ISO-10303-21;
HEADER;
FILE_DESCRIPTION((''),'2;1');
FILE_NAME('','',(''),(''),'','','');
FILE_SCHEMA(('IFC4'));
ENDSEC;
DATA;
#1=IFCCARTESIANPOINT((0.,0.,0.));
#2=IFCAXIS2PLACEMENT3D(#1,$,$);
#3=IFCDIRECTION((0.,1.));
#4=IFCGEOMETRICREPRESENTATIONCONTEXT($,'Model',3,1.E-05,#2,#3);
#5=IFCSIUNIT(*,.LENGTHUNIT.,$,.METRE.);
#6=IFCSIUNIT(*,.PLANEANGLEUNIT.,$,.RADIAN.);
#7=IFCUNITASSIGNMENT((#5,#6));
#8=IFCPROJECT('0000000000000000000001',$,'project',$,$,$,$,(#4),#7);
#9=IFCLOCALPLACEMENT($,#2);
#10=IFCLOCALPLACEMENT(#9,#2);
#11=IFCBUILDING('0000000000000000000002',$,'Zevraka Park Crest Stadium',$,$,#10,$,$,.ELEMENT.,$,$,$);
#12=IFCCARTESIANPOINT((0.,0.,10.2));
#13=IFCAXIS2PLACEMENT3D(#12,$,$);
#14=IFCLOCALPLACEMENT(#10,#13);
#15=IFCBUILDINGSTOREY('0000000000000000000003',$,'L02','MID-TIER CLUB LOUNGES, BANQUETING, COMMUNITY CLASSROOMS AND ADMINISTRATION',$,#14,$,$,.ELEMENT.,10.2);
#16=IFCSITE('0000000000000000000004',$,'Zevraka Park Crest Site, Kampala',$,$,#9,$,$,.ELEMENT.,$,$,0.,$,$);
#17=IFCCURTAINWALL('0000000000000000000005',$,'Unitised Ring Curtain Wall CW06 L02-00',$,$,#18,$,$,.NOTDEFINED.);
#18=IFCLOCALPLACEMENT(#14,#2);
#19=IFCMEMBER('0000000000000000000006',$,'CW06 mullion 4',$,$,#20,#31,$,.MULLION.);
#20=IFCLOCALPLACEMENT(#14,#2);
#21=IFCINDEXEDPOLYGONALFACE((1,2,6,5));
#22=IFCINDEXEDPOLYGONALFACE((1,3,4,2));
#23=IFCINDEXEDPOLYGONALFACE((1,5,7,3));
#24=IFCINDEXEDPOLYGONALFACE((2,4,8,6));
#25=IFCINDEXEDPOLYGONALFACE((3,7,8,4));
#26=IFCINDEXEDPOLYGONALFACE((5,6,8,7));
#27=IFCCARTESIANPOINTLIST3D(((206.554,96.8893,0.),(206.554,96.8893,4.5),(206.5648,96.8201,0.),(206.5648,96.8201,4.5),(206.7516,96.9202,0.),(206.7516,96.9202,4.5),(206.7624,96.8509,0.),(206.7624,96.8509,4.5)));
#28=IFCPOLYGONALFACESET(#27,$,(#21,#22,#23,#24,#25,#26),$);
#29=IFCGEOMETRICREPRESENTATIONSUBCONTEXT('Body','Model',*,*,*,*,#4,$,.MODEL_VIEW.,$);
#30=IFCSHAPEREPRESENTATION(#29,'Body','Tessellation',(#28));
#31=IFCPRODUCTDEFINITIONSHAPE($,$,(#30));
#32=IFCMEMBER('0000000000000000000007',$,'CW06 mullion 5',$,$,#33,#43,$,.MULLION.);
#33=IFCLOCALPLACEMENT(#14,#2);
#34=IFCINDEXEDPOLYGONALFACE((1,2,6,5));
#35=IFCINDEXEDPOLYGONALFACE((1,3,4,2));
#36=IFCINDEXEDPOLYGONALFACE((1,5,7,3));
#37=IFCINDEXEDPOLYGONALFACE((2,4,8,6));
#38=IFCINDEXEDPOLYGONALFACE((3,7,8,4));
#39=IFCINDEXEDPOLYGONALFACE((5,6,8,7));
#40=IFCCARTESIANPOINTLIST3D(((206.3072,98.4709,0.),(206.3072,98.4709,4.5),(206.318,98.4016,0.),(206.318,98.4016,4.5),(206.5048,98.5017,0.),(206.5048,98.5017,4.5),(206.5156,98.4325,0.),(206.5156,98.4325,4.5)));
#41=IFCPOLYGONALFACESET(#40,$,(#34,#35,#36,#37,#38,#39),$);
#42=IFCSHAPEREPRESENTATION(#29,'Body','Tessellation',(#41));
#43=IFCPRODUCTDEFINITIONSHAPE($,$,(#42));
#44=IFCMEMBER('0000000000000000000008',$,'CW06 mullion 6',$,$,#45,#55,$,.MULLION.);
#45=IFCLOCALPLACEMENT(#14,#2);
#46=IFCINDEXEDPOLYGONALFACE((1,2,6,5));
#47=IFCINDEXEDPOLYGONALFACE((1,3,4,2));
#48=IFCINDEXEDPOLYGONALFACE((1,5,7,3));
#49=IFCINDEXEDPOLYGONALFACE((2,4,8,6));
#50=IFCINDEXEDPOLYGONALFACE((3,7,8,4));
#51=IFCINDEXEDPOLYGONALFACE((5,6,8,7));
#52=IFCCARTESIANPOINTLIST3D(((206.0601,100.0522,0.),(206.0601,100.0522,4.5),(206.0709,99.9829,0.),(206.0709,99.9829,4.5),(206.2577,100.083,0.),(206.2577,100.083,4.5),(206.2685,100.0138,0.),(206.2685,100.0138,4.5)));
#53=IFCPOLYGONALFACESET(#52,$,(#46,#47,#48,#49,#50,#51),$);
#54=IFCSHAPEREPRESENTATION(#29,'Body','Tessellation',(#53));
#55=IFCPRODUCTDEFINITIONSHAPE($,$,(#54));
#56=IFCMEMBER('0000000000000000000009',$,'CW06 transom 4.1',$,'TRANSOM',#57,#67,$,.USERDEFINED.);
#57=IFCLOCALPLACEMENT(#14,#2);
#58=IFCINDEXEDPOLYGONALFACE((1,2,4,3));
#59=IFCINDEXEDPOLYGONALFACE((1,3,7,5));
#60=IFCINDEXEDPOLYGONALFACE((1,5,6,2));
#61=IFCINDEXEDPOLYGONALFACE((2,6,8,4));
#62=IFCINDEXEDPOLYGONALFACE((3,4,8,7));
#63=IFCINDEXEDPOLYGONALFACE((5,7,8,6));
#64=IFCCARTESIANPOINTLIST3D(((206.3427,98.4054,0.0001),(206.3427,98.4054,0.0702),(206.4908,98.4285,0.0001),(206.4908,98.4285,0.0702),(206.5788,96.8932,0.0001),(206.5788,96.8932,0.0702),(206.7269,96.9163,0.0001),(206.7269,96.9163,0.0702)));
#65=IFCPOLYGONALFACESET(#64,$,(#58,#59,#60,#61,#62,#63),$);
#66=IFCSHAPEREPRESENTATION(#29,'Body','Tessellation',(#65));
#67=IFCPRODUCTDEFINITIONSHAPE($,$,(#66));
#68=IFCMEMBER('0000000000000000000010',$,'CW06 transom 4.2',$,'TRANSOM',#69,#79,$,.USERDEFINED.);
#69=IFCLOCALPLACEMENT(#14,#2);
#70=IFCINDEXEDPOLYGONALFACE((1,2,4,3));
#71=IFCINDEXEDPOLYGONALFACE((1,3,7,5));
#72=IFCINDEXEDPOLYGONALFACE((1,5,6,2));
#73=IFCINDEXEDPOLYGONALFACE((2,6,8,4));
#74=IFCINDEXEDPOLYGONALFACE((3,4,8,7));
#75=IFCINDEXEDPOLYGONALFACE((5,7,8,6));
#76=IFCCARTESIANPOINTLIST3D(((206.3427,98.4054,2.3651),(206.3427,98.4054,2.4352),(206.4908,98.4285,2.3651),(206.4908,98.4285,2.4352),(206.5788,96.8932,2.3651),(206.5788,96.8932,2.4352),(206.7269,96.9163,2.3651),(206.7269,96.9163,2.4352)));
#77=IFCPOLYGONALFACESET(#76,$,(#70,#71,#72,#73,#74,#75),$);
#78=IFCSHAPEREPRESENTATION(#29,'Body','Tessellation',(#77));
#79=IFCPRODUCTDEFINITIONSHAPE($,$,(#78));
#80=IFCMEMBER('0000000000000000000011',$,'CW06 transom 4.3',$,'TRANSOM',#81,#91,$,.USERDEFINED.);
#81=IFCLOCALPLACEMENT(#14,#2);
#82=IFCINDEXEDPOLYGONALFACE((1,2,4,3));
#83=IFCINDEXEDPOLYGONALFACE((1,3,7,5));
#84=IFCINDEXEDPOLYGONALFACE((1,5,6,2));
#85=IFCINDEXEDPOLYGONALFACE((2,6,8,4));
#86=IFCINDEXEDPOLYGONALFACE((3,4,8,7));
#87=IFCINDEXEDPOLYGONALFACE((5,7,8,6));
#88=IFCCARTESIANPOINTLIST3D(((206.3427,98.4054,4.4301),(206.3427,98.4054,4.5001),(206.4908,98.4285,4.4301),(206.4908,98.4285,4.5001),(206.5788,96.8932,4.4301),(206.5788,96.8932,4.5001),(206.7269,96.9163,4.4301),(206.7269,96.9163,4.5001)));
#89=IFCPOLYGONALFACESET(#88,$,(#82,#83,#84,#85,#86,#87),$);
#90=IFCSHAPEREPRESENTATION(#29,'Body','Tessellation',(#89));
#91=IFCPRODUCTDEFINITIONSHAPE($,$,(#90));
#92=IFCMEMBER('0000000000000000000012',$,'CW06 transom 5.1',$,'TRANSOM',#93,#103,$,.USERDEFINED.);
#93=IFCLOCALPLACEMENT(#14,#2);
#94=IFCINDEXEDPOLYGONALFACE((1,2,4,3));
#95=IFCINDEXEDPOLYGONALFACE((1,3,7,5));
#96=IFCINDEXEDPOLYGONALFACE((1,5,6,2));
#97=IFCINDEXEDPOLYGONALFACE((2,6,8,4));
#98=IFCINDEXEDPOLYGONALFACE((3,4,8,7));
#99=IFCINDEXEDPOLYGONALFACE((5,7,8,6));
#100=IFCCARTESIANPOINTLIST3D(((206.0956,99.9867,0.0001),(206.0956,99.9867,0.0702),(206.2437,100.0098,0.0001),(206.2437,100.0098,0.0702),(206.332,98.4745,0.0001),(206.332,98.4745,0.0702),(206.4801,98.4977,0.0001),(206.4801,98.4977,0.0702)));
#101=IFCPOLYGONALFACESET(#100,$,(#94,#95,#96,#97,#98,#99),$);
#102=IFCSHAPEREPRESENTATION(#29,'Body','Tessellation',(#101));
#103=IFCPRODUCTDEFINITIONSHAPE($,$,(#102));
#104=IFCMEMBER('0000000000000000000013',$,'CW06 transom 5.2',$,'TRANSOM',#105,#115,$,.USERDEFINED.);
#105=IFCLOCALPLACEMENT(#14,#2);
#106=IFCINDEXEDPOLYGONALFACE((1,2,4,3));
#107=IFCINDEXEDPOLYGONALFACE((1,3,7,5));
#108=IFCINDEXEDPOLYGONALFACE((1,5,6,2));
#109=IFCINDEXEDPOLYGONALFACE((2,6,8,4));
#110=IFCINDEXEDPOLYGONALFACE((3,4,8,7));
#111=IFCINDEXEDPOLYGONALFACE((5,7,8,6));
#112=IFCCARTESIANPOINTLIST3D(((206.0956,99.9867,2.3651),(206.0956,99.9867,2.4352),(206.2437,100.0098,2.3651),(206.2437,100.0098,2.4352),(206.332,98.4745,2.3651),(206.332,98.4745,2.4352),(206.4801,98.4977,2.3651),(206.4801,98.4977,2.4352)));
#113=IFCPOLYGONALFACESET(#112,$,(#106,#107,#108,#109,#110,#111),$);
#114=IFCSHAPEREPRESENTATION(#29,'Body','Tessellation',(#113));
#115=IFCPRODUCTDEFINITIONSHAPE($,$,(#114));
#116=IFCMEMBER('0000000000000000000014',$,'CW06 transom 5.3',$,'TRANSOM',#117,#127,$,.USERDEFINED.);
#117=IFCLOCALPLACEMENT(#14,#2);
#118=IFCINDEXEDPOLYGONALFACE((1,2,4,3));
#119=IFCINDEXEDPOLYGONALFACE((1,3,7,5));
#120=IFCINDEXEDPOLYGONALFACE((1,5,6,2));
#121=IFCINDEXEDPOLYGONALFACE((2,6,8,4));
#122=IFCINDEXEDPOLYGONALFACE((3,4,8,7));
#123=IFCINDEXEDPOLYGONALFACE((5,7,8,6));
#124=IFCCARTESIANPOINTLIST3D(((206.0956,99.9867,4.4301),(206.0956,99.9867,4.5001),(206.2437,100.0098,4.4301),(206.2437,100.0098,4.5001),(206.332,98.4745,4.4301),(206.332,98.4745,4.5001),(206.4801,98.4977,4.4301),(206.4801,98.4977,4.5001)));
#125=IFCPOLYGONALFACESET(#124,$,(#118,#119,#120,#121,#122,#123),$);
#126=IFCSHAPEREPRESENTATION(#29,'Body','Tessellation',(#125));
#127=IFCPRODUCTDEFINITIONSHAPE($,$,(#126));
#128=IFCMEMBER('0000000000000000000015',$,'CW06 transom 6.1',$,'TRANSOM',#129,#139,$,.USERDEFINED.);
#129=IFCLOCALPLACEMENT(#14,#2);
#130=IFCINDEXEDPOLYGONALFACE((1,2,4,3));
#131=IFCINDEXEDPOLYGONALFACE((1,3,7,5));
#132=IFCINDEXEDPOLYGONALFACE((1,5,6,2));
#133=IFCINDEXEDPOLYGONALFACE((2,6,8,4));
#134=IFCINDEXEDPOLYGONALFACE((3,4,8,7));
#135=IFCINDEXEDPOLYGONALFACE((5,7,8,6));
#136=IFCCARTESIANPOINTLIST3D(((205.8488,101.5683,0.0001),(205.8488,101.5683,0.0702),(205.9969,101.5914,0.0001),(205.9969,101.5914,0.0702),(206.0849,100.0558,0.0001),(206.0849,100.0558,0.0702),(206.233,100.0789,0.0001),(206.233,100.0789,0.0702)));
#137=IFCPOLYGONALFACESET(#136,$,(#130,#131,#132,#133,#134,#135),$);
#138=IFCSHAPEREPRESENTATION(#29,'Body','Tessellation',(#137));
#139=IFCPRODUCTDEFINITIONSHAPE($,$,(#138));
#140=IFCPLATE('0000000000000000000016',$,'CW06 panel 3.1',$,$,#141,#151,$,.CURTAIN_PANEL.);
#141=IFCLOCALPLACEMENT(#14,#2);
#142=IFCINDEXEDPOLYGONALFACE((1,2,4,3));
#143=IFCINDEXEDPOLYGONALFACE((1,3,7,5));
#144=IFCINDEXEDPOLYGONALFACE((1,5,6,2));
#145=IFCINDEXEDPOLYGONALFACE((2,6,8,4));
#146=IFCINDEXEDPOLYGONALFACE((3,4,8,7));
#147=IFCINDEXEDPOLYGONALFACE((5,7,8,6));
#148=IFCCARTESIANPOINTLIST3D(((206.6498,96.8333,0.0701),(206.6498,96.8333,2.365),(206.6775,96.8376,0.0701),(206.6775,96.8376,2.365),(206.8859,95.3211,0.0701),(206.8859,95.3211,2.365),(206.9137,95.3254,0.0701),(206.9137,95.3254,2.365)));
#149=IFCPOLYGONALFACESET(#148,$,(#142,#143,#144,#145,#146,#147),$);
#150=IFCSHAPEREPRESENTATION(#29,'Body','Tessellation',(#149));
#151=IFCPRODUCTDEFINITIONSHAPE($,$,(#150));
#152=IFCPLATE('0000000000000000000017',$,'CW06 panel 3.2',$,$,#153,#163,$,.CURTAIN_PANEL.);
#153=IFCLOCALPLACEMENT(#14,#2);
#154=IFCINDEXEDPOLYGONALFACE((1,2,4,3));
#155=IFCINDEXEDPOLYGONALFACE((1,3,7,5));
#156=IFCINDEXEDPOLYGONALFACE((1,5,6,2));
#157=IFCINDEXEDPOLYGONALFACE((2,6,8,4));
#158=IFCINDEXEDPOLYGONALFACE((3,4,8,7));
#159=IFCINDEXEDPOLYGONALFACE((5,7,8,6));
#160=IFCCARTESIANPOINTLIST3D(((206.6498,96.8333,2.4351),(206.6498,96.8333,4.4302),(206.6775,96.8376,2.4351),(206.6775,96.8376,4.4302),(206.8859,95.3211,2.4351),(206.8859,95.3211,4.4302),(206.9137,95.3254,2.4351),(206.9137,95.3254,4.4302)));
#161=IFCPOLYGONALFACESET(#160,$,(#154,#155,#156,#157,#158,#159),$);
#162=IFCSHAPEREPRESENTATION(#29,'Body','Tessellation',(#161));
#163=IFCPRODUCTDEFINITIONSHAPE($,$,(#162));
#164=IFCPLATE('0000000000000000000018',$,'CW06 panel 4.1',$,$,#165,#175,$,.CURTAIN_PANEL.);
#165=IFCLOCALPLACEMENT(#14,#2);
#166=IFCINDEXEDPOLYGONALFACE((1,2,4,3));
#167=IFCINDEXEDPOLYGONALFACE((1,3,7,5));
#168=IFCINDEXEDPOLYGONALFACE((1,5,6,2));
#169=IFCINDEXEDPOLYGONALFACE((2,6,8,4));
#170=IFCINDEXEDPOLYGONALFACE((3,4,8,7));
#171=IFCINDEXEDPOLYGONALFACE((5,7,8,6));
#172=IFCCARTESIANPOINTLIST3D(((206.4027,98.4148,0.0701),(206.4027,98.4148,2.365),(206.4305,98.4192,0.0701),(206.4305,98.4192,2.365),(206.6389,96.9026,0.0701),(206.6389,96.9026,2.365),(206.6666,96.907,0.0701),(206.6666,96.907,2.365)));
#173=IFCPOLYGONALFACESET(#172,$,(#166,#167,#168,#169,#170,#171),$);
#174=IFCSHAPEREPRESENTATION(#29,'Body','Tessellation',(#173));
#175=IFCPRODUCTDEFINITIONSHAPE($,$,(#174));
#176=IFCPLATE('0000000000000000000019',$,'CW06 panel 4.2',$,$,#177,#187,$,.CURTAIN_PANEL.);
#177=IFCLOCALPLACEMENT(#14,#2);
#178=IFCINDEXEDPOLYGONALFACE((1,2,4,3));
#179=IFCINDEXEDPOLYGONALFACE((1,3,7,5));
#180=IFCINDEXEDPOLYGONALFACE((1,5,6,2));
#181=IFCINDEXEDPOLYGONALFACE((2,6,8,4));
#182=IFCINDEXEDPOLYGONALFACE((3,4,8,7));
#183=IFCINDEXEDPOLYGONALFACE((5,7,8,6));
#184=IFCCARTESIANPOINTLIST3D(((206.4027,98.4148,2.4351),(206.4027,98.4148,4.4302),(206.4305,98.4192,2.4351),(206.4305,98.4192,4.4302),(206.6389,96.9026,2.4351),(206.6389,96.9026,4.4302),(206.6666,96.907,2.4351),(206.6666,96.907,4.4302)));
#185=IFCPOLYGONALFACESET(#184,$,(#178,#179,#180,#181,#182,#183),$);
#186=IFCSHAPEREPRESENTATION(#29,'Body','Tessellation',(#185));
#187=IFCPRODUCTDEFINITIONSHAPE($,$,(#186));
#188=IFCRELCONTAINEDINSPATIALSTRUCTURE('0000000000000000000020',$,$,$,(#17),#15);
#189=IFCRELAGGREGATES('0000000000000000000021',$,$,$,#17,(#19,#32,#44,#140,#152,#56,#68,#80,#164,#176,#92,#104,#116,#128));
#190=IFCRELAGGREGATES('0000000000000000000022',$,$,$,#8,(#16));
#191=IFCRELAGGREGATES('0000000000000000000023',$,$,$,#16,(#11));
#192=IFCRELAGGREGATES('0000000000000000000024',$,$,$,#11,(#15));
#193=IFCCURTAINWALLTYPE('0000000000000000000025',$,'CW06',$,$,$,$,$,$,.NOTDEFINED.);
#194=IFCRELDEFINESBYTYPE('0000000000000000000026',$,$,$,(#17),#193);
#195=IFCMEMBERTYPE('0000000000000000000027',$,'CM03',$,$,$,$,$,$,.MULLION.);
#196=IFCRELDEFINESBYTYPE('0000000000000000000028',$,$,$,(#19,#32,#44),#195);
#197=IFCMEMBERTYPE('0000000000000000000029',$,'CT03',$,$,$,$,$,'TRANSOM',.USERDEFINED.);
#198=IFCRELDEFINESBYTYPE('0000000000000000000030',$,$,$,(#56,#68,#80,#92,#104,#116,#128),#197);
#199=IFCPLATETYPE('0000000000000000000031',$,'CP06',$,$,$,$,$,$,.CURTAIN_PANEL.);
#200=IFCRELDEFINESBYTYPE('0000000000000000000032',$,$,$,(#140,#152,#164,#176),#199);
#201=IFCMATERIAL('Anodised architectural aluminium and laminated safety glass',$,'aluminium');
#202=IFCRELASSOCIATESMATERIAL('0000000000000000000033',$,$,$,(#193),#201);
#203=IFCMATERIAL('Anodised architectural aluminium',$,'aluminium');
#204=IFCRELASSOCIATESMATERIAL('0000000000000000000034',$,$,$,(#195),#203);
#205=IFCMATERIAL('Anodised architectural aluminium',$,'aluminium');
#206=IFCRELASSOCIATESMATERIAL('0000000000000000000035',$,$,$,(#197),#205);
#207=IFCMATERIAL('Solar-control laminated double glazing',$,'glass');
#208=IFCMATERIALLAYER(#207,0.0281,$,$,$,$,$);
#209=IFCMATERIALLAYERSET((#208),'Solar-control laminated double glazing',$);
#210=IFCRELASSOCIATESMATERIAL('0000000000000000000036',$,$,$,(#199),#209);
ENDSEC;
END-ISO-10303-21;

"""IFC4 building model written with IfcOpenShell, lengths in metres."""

from ifc_helpers import new_model, si_unit, direction, frame, origin, origin_2d, place, context, subcontext, project, spatial, rectangle, extrude, material, layer, layer_set, material_profile, profile_set, type_object, element, aggregate, save


model = new_model("IFC4")

# Units and contexts
model_context = context("Model", 3, precision=1e-05, world=origin(), true_north=direction((0.0, 1.0)))
body_context = subcontext(model_context, "Body", "Model", "MODEL_VIEW")
ifc_project = project(units=[si_unit("LENGTHUNIT", "METRE"), si_unit("PLANEANGLEUNIT", "RADIAN")], contexts=[model_context])

# Site, building, storey
site_placement = place(None, origin())
site = spatial("IfcSite", under=ifc_project, at=site_placement, Name="Zevraka Park Crest Site, Kampala", CompositionType="ELEMENT", RefElevation=0.0)
building_placement = place(site_placement, origin())
building = spatial("IfcBuilding", under=site, at=building_placement, Name="Zevraka Park Crest Stadium", CompositionType="ELEMENT")
storey_placement = place(building_placement, frame((0.0, 0.0, 10.2)))
storey = spatial("IfcBuildingStorey", under=building, at=storey_placement, Name="L02", Description="MID-TIER CLUB LOUNGES, BANQUETING, COMMUNITY CLASSROOMS AND ADMINISTRATION", CompositionType="ELEMENT", Elevation=10.2)

# Curtain wall, members, plates
ifc_material_1 = material(Name="Anodised architectural aluminium and laminated safety glass", Category="aluminium")
curtain_wall_type = type_object("IfcCurtainWallType", Name="CW06", PredefinedType="NOTDEFINED", material=ifc_material_1)
curtain_wall_placement = place(storey_placement, origin())
curtain_wall = element("IfcCurtainWall", 1, at=curtain_wall_placement, inside=storey, type_object=curtain_wall_type, Name="Unitised Ring Curtain Wall CW06 L02-00", PredefinedType="NOTDEFINED")
ifc_material_2 = material(Name="Anodised architectural aluminium", Category="aluminium")
ifc_material_profile_1 = material_profile(ifc_material_2, rectangle(XDim=0.2, YDim=0.0701, at=origin_2d()), Name="ALU MULLION 200x70")
ifc_profile_set_1 = profile_set([ifc_material_profile_1], Name="Anodised architectural aluminium")
member_type_1 = type_object("IfcMemberType", Name="CM03", PredefinedType="MULLION", material=ifc_profile_set_1)
member_1_placement = place(storey_placement, frame((206.6582, 96.8701, 0.0), z_axis=(0.0, 0.0, 1.0), x_axis=(-0.988028, -0.154274, 0.0)))
member_1 = element("IfcMember", 2, at=member_1_placement, type_object=member_type_1, Name="CW06 mullion 4", PredefinedType="MULLION", context=body_context, shape_type="SweptSolid", body=[
    extrude(rectangle(XDim=0.2, YDim=0.0701, at=origin_2d()), origin(), (0.0, 0.0, 1.0), 4.5),
])
member_2_placement = place(storey_placement, frame((206.4114, 98.4517, 0.0), z_axis=(0.0, 0.0, 1.0), x_axis=(-0.988028, -0.154274, 0.0)))
member_2 = element("IfcMember", 3, at=member_2_placement, type_object=member_type_1, Name="CW06 mullion 5", PredefinedType="MULLION", context=body_context, shape_type="SweptSolid", body=[
    extrude(rectangle(XDim=0.2, YDim=0.0701, at=origin_2d()), origin(), (0.0, 0.0, 1.0), 4.5),
])
member_3_placement = place(storey_placement, frame((206.1643, 100.033, 0.0), z_axis=(0.0, 0.0, 1.0), x_axis=(-0.988028, -0.154274, 0.0)))
member_3 = element("IfcMember", 4, at=member_3_placement, type_object=member_type_1, Name="CW06 mullion 6", PredefinedType="MULLION", context=body_context, shape_type="SweptSolid", body=[
    extrude(rectangle(XDim=0.2, YDim=0.0701, at=origin_2d()), origin(), (0.0, 0.0, 1.0), 4.5),
])
ifc_material_3 = material(Name="Anodised architectural aluminium", Category="aluminium")
ifc_material_profile_2 = material_profile(ifc_material_3, rectangle(XDim=0.1499, YDim=0.0701, at=origin_2d()), Name="ALU TRANSOM 150x70")
ifc_profile_set_2 = profile_set([ifc_material_profile_2], Name="Anodised architectural aluminium")
member_type_2 = type_object("IfcMemberType", Name="CT03", ElementType="TRANSOM", PredefinedType="USERDEFINED", material=ifc_profile_set_2)
member_4_placement = place(storey_placement, frame((206.6528, 96.9048, 0.0352), z_axis=(-0.15425, 0.988032, 0.0), x_axis=(-0.988032, -0.15425, 0.0)))
member_4 = element("IfcMember", 5, at=member_4_placement, type_object=member_type_2, Name="CW06 transom 4.1", ObjectType="TRANSOM", PredefinedType="USERDEFINED", context=body_context, shape_type="SweptSolid", body=[
    extrude(rectangle(XDim=0.1499, YDim=0.0701, at=origin_2d()), origin(), (0.0, 0.0, 1.0), 1.5305),
])
member_5_placement = place(storey_placement, frame((206.6528, 96.9048, 2.4001), z_axis=(-0.15425, 0.988032, 0.0), x_axis=(-0.988032, -0.15425, 0.0)))
member_5 = element("IfcMember", 6, at=member_5_placement, type_object=member_type_2, Name="CW06 transom 4.2", ObjectType="TRANSOM", PredefinedType="USERDEFINED", context=body_context, shape_type="SweptSolid", body=[
    extrude(rectangle(XDim=0.1499, YDim=0.0701, at=origin_2d()), origin(), (0.0, 0.0, 1.0), 1.5305),
])
member_6_placement = place(storey_placement, frame((206.6528, 96.9048, 4.4651), z_axis=(-0.15425, 0.988032, 0.0), x_axis=(-0.988032, -0.15425, 0.0)))
member_6 = element("IfcMember", 7, at=member_6_placement, type_object=member_type_2, Name="CW06 transom 4.3", ObjectType="TRANSOM", PredefinedType="USERDEFINED", context=body_context, shape_type="SweptSolid", body=[
    extrude(rectangle(XDim=0.1499, YDim=0.0701, at=origin_2d()), origin(), (0.0, 0.0, 1.0), 1.5305),
])
member_7_placement = place(storey_placement, frame((206.406, 98.4861, 0.0352), z_axis=(-0.154406, 0.988007, 0.0), x_axis=(-0.988007, -0.154406, 0.0)))
member_7 = element("IfcMember", 8, at=member_7_placement, type_object=member_type_2, Name="CW06 transom 5.1", ObjectType="TRANSOM", PredefinedType="USERDEFINED", context=body_context, shape_type="SweptSolid", body=[
    extrude(rectangle(XDim=0.1499, YDim=0.0701, at=origin_2d()), origin(), (0.0, 0.0, 1.0), 1.5305),
])
member_8_placement = place(storey_placement, frame((206.406, 98.4861, 2.4001), z_axis=(-0.154406, 0.988007, 0.0), x_axis=(-0.988007, -0.154406, 0.0)))
member_8 = element("IfcMember", 9, at=member_8_placement, type_object=member_type_2, Name="CW06 transom 5.2", ObjectType="TRANSOM", PredefinedType="USERDEFINED", context=body_context, shape_type="SweptSolid", body=[
    extrude(rectangle(XDim=0.1499, YDim=0.0701, at=origin_2d()), origin(), (0.0, 0.0, 1.0), 1.5305),
])
member_9_placement = place(storey_placement, frame((206.406, 98.4861, 4.4651), z_axis=(-0.154406, 0.988007, 0.0), x_axis=(-0.988007, -0.154406, 0.0)))
member_9 = element("IfcMember", 10, at=member_9_placement, type_object=member_type_2, Name="CW06 transom 5.3", ObjectType="TRANSOM", PredefinedType="USERDEFINED", context=body_context, shape_type="SweptSolid", body=[
    extrude(rectangle(XDim=0.1499, YDim=0.0701, at=origin_2d()), origin(), (0.0, 0.0, 1.0), 1.5305),
])
member_10_placement = place(storey_placement, frame((206.1589, 100.0674, 0.0352), z_axis=(-0.154226, 0.988036, 0.0), x_axis=(-0.988036, -0.154226, 0.0)))
member_10 = element("IfcMember", 11, at=member_10_placement, type_object=member_type_2, Name="CW06 transom 6.1", ObjectType="TRANSOM", PredefinedType="USERDEFINED", context=body_context, shape_type="SweptSolid", body=[
    extrude(rectangle(XDim=0.1499, YDim=0.0701, at=origin_2d()), origin(), (0.0, 0.0, 1.0), 1.5308),
])
ifc_material_4 = material(Name="Solar-control laminated double glazing", Category="glass")
ifc_layer_1 = layer(ifc_material_4, 0.0281)
ifc_layer_set_1 = layer_set([ifc_layer_1], Name="Solar-control laminated double glazing")
plate_type = type_object("IfcPlateType", Name="CP06", PredefinedType="CURTAIN_PANEL", material=ifc_layer_set_1)
plate_1_placement = place(storey_placement, frame((206.7817, 96.0793, 0.0701), z_axis=(0.0, 0.0, 1.0), x_axis=(-0.154274, 0.988028, 0.0)))
plate_1 = element("IfcPlate", 12, at=plate_1_placement, type_object=plate_type, Name="CW06 panel 3.1", PredefinedType="CURTAIN_PANEL", context=body_context, shape_type="SweptSolid", body=[
    extrude(rectangle(XDim=1.5305, YDim=0.0281, at=origin_2d()), origin(), (0.0, 0.0, 1.0), 2.2949),
])
plate_2_placement = place(storey_placement, frame((206.7817, 96.0793, 2.4351), z_axis=(0.0, 0.0, 1.0), x_axis=(-0.154274, 0.988028, 0.0)))
plate_2 = element("IfcPlate", 13, at=plate_2_placement, type_object=plate_type, Name="CW06 panel 3.2", PredefinedType="CURTAIN_PANEL", context=body_context, shape_type="SweptSolid", body=[
    extrude(rectangle(XDim=1.5305, YDim=0.0281, at=origin_2d()), origin(), (0.0, 0.0, 1.0), 1.9951),
])
plate_3_placement = place(storey_placement, frame((206.5347, 97.6609, 0.0701), z_axis=(0.0, 0.0, 1.0), x_axis=(-0.154274, 0.988028, 0.0)))
plate_3 = element("IfcPlate", 14, at=plate_3_placement, type_object=plate_type, Name="CW06 panel 4.1", PredefinedType="CURTAIN_PANEL", context=body_context, shape_type="SweptSolid", body=[
    extrude(rectangle(XDim=1.5305, YDim=0.0281, at=origin_2d()), origin(), (0.0, 0.0, 1.0), 2.2949),
])
plate_4_placement = place(storey_placement, frame((206.5347, 97.6609, 2.4351), z_axis=(0.0, 0.0, 1.0), x_axis=(-0.154274, 0.988028, 0.0)))
plate_4 = element("IfcPlate", 15, at=plate_4_placement, type_object=plate_type, Name="CW06 panel 4.2", PredefinedType="CURTAIN_PANEL", context=body_context, shape_type="SweptSolid", body=[
    extrude(rectangle(XDim=1.5305, YDim=0.0281, at=origin_2d()), origin(), (0.0, 0.0, 1.0), 1.9951),
])
aggregate(curtain_wall, [member_1, member_2, member_3, plate_1, plate_2, member_4, member_5, member_6, plate_3, plate_4, member_7, member_8, member_9, member_10])

save(model, "model.ifc")
